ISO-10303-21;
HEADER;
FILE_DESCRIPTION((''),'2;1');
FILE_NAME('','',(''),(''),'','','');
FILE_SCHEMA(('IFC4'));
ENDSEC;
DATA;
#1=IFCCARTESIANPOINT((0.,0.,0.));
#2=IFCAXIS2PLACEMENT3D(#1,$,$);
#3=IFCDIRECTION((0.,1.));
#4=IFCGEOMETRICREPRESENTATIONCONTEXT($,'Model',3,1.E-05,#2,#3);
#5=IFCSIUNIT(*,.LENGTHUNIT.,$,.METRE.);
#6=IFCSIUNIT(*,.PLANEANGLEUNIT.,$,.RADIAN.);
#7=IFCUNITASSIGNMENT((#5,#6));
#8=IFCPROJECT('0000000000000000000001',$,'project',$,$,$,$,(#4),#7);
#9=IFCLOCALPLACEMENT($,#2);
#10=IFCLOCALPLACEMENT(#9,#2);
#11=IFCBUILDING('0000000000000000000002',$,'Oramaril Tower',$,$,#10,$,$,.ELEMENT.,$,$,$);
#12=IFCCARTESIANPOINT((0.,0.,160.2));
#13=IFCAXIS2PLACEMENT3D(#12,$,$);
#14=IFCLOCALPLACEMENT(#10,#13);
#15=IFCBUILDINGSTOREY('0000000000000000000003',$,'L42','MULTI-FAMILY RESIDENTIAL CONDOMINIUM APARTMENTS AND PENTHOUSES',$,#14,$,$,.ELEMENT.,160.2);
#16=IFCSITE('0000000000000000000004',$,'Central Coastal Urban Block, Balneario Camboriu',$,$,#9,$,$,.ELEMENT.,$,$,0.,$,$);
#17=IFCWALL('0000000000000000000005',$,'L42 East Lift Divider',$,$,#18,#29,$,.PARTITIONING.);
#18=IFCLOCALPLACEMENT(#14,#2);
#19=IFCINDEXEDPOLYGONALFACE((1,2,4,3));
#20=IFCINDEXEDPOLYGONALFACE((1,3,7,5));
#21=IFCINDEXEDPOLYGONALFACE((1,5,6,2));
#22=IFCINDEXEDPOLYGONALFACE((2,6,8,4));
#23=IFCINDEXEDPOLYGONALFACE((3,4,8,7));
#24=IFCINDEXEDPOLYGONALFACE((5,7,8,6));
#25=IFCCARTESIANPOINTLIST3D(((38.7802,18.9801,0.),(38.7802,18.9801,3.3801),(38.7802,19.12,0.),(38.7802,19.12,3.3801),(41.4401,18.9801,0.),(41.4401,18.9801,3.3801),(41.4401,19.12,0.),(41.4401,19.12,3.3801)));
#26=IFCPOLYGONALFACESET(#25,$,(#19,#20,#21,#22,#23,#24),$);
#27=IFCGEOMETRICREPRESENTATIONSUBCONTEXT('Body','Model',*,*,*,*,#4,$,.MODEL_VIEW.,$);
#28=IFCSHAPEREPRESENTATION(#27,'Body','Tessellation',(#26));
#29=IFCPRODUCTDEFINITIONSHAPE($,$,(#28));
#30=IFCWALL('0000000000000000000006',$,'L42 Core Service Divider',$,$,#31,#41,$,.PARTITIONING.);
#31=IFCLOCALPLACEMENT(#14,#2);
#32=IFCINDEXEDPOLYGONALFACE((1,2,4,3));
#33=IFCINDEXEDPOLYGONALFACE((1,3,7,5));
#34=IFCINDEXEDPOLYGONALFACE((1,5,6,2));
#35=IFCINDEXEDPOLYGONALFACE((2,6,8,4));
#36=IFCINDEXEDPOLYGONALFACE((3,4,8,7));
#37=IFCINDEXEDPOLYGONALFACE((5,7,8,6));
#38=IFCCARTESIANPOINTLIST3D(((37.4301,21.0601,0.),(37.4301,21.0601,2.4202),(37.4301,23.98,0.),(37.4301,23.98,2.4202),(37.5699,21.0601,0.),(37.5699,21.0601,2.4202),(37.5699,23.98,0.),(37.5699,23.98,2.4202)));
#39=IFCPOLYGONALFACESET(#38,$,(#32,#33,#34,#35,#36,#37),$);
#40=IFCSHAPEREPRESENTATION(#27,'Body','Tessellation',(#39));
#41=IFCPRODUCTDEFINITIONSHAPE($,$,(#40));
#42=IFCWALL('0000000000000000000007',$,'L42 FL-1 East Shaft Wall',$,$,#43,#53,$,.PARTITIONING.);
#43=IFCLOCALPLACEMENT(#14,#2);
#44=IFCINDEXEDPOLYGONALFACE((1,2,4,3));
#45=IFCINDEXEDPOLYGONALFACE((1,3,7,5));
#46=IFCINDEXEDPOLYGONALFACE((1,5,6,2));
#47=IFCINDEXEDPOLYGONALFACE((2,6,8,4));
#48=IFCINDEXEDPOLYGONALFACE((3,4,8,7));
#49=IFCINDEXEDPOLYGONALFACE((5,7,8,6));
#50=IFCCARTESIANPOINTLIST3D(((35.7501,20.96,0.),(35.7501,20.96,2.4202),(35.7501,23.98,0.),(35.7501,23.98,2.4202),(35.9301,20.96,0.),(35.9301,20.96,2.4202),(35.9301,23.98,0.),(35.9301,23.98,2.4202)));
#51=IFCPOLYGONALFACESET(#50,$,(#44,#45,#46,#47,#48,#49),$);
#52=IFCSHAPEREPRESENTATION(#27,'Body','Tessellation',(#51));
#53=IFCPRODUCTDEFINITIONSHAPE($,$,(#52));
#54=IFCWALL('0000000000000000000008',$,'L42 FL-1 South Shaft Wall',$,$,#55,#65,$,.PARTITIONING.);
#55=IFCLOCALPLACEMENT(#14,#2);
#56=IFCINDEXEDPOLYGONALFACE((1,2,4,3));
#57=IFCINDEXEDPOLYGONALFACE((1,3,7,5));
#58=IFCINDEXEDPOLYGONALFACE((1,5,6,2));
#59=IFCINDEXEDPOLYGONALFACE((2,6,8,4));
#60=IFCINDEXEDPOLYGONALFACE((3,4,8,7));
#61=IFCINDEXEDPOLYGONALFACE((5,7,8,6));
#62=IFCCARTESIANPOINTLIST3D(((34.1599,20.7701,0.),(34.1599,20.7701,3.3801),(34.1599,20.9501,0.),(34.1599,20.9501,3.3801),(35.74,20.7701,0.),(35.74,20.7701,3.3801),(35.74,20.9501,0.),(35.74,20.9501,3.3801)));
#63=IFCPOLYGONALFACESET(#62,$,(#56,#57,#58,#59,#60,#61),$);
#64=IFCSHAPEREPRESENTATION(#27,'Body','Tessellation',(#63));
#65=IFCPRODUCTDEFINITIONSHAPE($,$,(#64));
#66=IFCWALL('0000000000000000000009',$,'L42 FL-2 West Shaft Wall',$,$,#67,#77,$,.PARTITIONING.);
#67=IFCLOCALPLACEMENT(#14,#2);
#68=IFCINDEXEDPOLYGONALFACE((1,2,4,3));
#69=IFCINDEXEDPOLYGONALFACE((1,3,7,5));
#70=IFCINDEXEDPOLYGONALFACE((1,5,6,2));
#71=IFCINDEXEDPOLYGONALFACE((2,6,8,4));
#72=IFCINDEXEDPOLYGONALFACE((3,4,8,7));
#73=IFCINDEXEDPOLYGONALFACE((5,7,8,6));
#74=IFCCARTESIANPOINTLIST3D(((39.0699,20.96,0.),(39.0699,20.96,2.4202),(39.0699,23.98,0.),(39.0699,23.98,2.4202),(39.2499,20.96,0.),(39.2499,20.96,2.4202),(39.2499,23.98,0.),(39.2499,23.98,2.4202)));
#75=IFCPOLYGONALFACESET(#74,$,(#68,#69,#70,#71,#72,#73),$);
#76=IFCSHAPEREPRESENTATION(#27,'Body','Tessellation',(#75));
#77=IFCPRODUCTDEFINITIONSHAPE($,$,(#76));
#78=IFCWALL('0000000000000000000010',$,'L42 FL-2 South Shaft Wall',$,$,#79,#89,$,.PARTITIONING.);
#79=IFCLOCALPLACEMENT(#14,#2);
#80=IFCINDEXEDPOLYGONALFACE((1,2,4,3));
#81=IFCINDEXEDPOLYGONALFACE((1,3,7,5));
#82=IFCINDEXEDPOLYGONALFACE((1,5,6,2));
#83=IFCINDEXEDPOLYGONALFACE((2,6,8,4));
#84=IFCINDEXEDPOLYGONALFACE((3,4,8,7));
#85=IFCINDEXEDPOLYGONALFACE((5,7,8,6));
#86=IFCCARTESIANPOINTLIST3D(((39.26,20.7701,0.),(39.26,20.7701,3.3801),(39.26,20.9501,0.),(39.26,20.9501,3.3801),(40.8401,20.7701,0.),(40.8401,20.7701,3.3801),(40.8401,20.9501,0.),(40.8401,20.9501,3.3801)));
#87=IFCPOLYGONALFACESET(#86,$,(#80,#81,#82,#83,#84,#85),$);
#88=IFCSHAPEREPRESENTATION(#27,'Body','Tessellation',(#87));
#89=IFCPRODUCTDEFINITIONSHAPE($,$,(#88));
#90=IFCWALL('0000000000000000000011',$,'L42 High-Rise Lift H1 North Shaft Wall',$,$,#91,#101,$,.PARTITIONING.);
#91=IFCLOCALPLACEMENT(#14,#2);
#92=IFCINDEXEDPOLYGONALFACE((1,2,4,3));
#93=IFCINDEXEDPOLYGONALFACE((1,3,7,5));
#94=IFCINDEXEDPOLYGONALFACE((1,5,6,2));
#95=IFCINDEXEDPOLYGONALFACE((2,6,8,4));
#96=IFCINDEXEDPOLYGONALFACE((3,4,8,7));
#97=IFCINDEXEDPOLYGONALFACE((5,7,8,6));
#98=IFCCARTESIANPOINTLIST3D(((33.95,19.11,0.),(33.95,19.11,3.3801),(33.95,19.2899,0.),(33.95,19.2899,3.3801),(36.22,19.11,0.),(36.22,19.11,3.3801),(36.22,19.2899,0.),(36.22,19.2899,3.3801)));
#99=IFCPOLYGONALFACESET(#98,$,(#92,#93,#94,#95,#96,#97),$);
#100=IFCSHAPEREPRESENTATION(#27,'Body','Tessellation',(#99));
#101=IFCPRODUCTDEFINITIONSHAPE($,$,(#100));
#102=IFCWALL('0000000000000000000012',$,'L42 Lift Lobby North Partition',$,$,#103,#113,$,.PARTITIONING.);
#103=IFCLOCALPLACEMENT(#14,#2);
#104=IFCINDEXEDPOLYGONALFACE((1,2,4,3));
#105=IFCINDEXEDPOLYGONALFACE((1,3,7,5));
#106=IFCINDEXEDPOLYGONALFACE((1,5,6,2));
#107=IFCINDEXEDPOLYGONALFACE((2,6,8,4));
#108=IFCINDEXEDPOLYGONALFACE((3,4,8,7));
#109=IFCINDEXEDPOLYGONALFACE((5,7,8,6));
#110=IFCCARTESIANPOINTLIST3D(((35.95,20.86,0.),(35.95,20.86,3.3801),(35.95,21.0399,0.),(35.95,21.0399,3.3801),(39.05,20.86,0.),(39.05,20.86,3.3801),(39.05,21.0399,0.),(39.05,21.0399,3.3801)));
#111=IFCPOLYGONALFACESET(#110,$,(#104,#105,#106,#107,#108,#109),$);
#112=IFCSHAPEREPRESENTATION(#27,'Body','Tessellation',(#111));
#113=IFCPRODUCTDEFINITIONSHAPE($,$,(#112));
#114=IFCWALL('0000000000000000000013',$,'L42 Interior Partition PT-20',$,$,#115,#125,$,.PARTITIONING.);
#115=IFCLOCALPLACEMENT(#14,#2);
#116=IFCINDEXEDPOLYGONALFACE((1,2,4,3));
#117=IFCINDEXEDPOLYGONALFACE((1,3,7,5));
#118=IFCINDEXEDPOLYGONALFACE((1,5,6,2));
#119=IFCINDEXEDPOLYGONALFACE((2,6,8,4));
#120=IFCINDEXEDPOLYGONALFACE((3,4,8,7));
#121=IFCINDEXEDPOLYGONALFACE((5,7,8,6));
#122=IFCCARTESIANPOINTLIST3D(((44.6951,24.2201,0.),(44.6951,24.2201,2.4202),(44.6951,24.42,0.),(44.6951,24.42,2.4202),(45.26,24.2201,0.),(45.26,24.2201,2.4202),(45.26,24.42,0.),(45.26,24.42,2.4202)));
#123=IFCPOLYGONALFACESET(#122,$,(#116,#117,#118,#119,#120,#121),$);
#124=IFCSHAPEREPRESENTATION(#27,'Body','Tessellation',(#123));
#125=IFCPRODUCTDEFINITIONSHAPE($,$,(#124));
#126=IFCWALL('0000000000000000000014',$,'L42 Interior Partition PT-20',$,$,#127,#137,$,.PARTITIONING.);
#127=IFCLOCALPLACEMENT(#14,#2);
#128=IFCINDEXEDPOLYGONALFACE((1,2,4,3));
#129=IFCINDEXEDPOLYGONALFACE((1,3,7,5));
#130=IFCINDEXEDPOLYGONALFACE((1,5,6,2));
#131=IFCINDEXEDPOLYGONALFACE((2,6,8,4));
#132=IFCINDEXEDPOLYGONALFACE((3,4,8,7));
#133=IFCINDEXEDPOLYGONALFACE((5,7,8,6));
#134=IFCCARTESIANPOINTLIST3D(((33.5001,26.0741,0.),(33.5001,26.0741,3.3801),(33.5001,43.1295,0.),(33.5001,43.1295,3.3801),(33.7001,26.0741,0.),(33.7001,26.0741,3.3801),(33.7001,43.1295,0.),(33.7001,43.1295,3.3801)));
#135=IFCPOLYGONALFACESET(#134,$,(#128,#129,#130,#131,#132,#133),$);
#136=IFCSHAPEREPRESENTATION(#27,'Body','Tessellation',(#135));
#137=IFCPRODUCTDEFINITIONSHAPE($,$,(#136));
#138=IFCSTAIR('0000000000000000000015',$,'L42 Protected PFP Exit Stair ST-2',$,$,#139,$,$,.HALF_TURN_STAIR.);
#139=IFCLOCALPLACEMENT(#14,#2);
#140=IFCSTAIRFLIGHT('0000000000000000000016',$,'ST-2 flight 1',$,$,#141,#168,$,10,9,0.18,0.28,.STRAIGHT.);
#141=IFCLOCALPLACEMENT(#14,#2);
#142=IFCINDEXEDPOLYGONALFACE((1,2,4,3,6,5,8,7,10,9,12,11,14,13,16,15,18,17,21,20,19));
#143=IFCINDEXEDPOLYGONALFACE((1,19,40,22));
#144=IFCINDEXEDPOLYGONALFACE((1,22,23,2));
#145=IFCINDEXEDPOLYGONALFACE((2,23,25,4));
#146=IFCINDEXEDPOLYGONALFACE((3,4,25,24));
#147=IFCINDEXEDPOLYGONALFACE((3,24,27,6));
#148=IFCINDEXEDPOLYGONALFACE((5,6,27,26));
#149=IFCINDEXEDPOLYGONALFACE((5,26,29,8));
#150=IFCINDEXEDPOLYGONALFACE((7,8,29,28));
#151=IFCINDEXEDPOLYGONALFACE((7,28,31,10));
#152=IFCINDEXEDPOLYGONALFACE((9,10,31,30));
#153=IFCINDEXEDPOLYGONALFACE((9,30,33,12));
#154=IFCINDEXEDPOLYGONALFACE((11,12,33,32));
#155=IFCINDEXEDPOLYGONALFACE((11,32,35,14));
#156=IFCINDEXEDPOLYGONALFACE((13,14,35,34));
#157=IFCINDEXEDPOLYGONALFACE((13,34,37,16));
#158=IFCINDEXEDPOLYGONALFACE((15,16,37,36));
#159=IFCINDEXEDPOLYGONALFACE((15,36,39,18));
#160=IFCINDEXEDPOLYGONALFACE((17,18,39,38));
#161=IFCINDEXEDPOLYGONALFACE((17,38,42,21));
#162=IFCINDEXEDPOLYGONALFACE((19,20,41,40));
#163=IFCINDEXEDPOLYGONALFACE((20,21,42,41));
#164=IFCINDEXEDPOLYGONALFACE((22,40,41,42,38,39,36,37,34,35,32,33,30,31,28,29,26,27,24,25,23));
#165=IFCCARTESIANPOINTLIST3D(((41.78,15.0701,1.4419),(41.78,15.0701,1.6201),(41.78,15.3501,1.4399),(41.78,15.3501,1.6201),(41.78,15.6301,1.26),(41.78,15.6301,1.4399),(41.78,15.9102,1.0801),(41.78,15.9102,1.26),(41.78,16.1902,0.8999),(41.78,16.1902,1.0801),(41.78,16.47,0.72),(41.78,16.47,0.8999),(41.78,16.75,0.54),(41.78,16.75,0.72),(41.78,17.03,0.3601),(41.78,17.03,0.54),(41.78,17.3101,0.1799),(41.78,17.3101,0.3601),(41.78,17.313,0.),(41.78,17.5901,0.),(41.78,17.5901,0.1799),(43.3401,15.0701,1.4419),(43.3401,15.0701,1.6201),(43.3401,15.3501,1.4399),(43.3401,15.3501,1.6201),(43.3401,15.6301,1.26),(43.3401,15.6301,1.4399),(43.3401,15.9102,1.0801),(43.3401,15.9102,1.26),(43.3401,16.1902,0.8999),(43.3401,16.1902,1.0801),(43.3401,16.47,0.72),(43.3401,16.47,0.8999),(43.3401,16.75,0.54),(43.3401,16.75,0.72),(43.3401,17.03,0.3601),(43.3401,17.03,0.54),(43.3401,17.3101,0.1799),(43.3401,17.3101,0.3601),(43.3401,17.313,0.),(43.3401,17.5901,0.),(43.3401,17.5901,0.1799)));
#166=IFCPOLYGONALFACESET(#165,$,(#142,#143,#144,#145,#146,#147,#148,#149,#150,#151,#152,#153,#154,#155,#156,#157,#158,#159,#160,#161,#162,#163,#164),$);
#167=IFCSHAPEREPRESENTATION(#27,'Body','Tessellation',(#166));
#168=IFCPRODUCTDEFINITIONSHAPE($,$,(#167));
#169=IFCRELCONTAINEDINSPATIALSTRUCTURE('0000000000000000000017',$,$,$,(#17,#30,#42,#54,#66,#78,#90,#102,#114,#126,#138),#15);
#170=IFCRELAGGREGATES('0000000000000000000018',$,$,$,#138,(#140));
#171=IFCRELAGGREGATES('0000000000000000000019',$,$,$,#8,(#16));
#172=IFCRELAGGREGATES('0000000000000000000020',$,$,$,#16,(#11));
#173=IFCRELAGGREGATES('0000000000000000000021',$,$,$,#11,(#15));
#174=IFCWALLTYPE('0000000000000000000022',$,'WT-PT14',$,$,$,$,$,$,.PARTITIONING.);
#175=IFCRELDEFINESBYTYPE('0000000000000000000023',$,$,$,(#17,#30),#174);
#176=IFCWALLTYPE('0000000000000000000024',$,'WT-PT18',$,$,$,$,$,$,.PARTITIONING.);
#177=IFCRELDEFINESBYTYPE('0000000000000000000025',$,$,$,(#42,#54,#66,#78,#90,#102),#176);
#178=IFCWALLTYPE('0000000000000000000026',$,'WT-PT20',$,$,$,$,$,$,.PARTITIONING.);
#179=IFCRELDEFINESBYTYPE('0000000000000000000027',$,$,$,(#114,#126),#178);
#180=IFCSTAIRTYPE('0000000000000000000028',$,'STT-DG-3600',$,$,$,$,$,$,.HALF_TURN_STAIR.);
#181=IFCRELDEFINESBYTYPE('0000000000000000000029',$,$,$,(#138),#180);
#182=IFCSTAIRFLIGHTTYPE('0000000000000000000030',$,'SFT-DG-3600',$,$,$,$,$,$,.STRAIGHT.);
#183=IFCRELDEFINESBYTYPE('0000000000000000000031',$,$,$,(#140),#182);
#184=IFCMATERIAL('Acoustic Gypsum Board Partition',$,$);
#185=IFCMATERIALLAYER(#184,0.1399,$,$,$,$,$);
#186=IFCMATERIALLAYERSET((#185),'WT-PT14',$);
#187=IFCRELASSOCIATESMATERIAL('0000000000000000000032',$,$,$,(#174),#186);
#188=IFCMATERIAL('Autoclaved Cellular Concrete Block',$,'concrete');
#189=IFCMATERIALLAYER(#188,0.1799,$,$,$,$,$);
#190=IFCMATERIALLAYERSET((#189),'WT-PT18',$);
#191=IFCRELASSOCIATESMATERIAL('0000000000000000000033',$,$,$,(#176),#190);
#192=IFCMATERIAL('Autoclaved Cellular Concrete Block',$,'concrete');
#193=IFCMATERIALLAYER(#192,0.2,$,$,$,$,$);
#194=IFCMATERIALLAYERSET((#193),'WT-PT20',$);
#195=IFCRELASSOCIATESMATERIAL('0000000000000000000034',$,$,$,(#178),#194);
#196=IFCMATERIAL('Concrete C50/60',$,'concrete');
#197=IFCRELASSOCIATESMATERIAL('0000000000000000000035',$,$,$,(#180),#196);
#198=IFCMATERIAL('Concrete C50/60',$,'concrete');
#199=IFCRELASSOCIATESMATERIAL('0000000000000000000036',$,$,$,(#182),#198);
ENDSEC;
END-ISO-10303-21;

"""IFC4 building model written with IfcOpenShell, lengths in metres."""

from ifc_helpers import new_model, si_unit, direction, frame, frame_2d, origin, place, context, subcontext, project, spatial, polyline, rectangle, outline, extrude, material, layer, layer_set, type_object, element, aggregate, save


model = new_model("IFC4")

# Units and contexts
model_context = context("Model", 3, precision=1e-05, world=origin(), true_north=direction((0.0, 1.0)))
body_context = subcontext(model_context, "Body", "Model", "MODEL_VIEW")
ifc_project = project(units=[si_unit("LENGTHUNIT", "METRE"), si_unit("PLANEANGLEUNIT", "RADIAN")], contexts=[model_context])

# Site, building, storey
site_placement = place(None, origin())
site = spatial("IfcSite", under=ifc_project, at=site_placement, Name="Central Coastal Urban Block, Balneario Camboriu", CompositionType="ELEMENT", RefElevation=0.0)
building_placement = place(site_placement, origin())
building = spatial("IfcBuilding", under=site, at=building_placement, Name="Oramaril Tower", CompositionType="ELEMENT")
storey_placement = place(building_placement, frame((0.0, 0.0, 160.2)))
storey = spatial("IfcBuildingStorey", under=building, at=storey_placement, Name="L42", Description="MULTI-FAMILY RESIDENTIAL CONDOMINIUM APARTMENTS AND PENTHOUSES", CompositionType="ELEMENT", Elevation=160.2)

# Walls
ifc_material_1 = material(Name="Acoustic Gypsum Board Partition")
ifc_layer_1 = layer(ifc_material_1, 0.1399)
ifc_layer_set_1 = layer_set([ifc_layer_1], Name="WT-PT14")
wall_type_1 = type_object("IfcWallType", Name="WT-PT14", PredefinedType="PARTITIONING", material=ifc_layer_set_1)
wall_1_placement = place(storey_placement, frame((38.78, 19.05, 0.0), z_axis=(0.0, 0.0, 1.0), x_axis=(1.0, 0.0, 0.0)))
element("IfcWall", 1, at=wall_1_placement, inside=storey, type_object=wall_type_1, Name="L42 East Lift Divider", PredefinedType="PARTITIONING", context=body_context, shape_type="SweptSolid", body=[
    extrude(rectangle(XDim=2.6599, YDim=0.1399, at=frame_2d((1.3301, 0.0))), origin(), (0.0, 0.0, 1.0), 3.3801),
])
wall_2_placement = place(storey_placement, frame((37.5, 21.0601, 0.0), z_axis=(0.0, 0.0, 1.0), x_axis=(0.0, 1.0, 0.0)))
element("IfcWall", 2, at=wall_2_placement, inside=storey, type_object=wall_type_1, Name="L42 Core Service Divider", PredefinedType="PARTITIONING", context=body_context, shape_type="SweptSolid", body=[
    extrude(rectangle(XDim=2.9199, YDim=0.1399, at=frame_2d((1.46, 0.0))), origin(), (0.0, 0.0, 1.0), 2.4202),
])
ifc_material_2 = material(Name="Autoclaved Cellular Concrete Block", Category="concrete")
ifc_layer_2 = layer(ifc_material_2, 0.1799)
ifc_layer_set_2 = layer_set([ifc_layer_2], Name="WT-PT18")
wall_type_2 = type_object("IfcWallType", Name="WT-PT18", PredefinedType="PARTITIONING", material=ifc_layer_set_2)
wall_3_placement = place(storey_placement, frame((35.8401, 20.96, 0.0), z_axis=(0.0, 0.0, 1.0), x_axis=(0.0, 1.0, 0.0)))
element("IfcWall", 3, at=wall_3_placement, inside=storey, type_object=wall_type_2, Name="L42 FL-1 East Shaft Wall", PredefinedType="PARTITIONING", context=body_context, shape_type="SweptSolid", body=[
    extrude(rectangle(XDim=3.02, YDim=0.1799, at=frame_2d((1.51, 0.0))), origin(), (0.0, 0.0, 1.0), 2.4202),
])
wall_4_placement = place(storey_placement, frame((34.1599, 20.8601, 0.0), z_axis=(0.0, 0.0, 1.0), x_axis=(1.0, 0.0, 0.0)))
element("IfcWall", 4, at=wall_4_placement, inside=storey, type_object=wall_type_2, Name="L42 FL-1 South Shaft Wall", PredefinedType="PARTITIONING", context=body_context, shape_type="SweptSolid", body=[
    extrude(rectangle(XDim=1.5801, YDim=0.1799, at=frame_2d((0.79, 0.0))), origin(), (0.0, 0.0, 1.0), 3.3801),
])
wall_5_placement = place(storey_placement, frame((39.1599, 20.96, 0.0), z_axis=(0.0, 0.0, 1.0), x_axis=(0.0, 1.0, 0.0)))
element("IfcWall", 5, at=wall_5_placement, inside=storey, type_object=wall_type_2, Name="L42 FL-2 West Shaft Wall", PredefinedType="PARTITIONING", context=body_context, shape_type="SweptSolid", body=[
    extrude(rectangle(XDim=3.02, YDim=0.1799, at=frame_2d((1.51, 0.0))), origin(), (0.0, 0.0, 1.0), 2.4202),
])
wall_6_placement = place(storey_placement, frame((39.26, 20.8601, 0.0), z_axis=(0.0, 0.0, 1.0), x_axis=(1.0, 0.0, 0.0)))
element("IfcWall", 6, at=wall_6_placement, inside=storey, type_object=wall_type_2, Name="L42 FL-2 South Shaft Wall", PredefinedType="PARTITIONING", context=body_context, shape_type="SweptSolid", body=[
    extrude(rectangle(XDim=1.5801, YDim=0.1799, at=frame_2d((0.79, 0.0))), origin(), (0.0, 0.0, 1.0), 3.3801),
])
wall_7_placement = place(storey_placement, frame((33.95, 19.2, 0.0), z_axis=(0.0, 0.0, 1.0), x_axis=(1.0, 0.0, 0.0)))
element("IfcWall", 7, at=wall_7_placement, inside=storey, type_object=wall_type_2, Name="L42 High-Rise Lift H1 North Shaft Wall", PredefinedType="PARTITIONING", context=body_context, shape_type="SweptSolid", body=[
    extrude(rectangle(XDim=2.27, YDim=0.1799, at=frame_2d((1.135, 0.0))), origin(), (0.0, 0.0, 1.0), 3.3801),
])
wall_8_placement = place(storey_placement, frame((35.95, 20.95, 0.0), z_axis=(0.0, 0.0, 1.0), x_axis=(1.0, 0.0, 0.0)))
element("IfcWall", 8, at=wall_8_placement, inside=storey, type_object=wall_type_2, Name="L42 Lift Lobby North Partition", PredefinedType="PARTITIONING", context=body_context, shape_type="SweptSolid", body=[
    extrude(rectangle(XDim=3.1001, YDim=0.1799, at=frame_2d((1.55, 0.0))), origin(), (0.0, 0.0, 1.0), 3.3801),
])
ifc_material_3 = material(Name="Autoclaved Cellular Concrete Block", Category="concrete")
ifc_layer_3 = layer(ifc_material_3, 0.2)
ifc_layer_set_3 = layer_set([ifc_layer_3], Name="WT-PT20")
wall_type_3 = type_object("IfcWallType", Name="WT-PT20", PredefinedType="PARTITIONING", material=ifc_layer_set_3)
wall_9_placement = place(storey_placement, frame((44.6951, 24.3201, 0.0), z_axis=(0.0, 0.0, 1.0), x_axis=(1.0, 0.0, 0.0)))
element("IfcWall", 9, at=wall_9_placement, inside=storey, type_object=wall_type_3, Name="L42 Interior Partition PT-20", PredefinedType="PARTITIONING", context=body_context, shape_type="SweptSolid", body=[
    extrude(rectangle(XDim=0.5649, YDim=0.2, at=frame_2d((0.2825, 0.0))), origin(), (0.0, 0.0, 1.0), 2.4202),
])

# Wall
wall_10_placement = place(storey_placement, frame((33.6001, 26.074, 0.0), z_axis=(0.0, 0.0, 1.0), x_axis=(0.0, 1.0, 0.0)))
element("IfcWall", 10, at=wall_10_placement, inside=storey, type_object=wall_type_3, Name="L42 Interior Partition PT-20", PredefinedType="PARTITIONING", context=body_context, shape_type="SweptSolid", body=[
    extrude(rectangle(XDim=17.0554, YDim=0.2, at=frame_2d((8.5278, 0.0))), origin(), (0.0, 0.0, 1.0), 3.3801),
])

# Stair, stair flight
ifc_material_4 = material(Name="Concrete C50/60", Category="concrete")
stair_type = type_object("IfcStairType", Name="STT-DG-3600", PredefinedType="HALF_TURN_STAIR", material=ifc_material_4)
stair_placement = place(storey_placement, origin())
stair = element("IfcStair", 11, at=stair_placement, inside=storey, type_object=stair_type, Name="L42 Protected PFP Exit Stair ST-2", PredefinedType="HALF_TURN_STAIR")
ifc_material_5 = material(Name="Concrete C50/60", Category="concrete")
stair_flight_type = type_object("IfcStairFlightType", Name="SFT-DG-3600", PredefinedType="STRAIGHT", material=ifc_material_5)
stair_flight_placement = place(storey_placement, frame((42.5601, 17.5901, 0.0), z_axis=(0.0, 0.0, 1.0), x_axis=(0.0, -1.0, 0.0)))
stair_flight = element("IfcStairFlight", 12, at=stair_flight_placement, type_object=stair_flight_type, Name="ST-2 flight 1", NumberOfRisers=10, NumberOfTreads=9, PredefinedType="STRAIGHT", RiserHeight=0.18, TreadLength=0.28, context=body_context, shape_type="SweptSolid", body=[
    extrude(outline(polyline([(0.0, 0.0), (0.0, 0.1799), (0.28, 0.1799), (0.28, 0.3601), (0.5601, 0.3601), (0.5601, 0.54), (0.8401, 0.54), (0.8401, 0.72), (1.1201, 0.72), (1.1201, 0.8999), (1.3999, 0.8999), (1.3999, 1.0801), (1.6799, 1.0801), (1.6799, 1.26), (1.96, 1.26), (1.96, 1.4399), (2.24, 1.4399), (2.24, 1.6201), (2.52, 1.6201), (2.52, 1.8), (2.52, 1.4419), (0.2771, 0.0), (0.0, 0.0)])), frame((0.0, 0.78, 0.0), z_axis=(0.0, -1.0, 0.0), x_axis=(1.0, 0.0, 0.0)), (0.0, 0.0, 1.0), 1.5601),
])
aggregate(stair, [stair_flight])

save(model, "model.ifc")
